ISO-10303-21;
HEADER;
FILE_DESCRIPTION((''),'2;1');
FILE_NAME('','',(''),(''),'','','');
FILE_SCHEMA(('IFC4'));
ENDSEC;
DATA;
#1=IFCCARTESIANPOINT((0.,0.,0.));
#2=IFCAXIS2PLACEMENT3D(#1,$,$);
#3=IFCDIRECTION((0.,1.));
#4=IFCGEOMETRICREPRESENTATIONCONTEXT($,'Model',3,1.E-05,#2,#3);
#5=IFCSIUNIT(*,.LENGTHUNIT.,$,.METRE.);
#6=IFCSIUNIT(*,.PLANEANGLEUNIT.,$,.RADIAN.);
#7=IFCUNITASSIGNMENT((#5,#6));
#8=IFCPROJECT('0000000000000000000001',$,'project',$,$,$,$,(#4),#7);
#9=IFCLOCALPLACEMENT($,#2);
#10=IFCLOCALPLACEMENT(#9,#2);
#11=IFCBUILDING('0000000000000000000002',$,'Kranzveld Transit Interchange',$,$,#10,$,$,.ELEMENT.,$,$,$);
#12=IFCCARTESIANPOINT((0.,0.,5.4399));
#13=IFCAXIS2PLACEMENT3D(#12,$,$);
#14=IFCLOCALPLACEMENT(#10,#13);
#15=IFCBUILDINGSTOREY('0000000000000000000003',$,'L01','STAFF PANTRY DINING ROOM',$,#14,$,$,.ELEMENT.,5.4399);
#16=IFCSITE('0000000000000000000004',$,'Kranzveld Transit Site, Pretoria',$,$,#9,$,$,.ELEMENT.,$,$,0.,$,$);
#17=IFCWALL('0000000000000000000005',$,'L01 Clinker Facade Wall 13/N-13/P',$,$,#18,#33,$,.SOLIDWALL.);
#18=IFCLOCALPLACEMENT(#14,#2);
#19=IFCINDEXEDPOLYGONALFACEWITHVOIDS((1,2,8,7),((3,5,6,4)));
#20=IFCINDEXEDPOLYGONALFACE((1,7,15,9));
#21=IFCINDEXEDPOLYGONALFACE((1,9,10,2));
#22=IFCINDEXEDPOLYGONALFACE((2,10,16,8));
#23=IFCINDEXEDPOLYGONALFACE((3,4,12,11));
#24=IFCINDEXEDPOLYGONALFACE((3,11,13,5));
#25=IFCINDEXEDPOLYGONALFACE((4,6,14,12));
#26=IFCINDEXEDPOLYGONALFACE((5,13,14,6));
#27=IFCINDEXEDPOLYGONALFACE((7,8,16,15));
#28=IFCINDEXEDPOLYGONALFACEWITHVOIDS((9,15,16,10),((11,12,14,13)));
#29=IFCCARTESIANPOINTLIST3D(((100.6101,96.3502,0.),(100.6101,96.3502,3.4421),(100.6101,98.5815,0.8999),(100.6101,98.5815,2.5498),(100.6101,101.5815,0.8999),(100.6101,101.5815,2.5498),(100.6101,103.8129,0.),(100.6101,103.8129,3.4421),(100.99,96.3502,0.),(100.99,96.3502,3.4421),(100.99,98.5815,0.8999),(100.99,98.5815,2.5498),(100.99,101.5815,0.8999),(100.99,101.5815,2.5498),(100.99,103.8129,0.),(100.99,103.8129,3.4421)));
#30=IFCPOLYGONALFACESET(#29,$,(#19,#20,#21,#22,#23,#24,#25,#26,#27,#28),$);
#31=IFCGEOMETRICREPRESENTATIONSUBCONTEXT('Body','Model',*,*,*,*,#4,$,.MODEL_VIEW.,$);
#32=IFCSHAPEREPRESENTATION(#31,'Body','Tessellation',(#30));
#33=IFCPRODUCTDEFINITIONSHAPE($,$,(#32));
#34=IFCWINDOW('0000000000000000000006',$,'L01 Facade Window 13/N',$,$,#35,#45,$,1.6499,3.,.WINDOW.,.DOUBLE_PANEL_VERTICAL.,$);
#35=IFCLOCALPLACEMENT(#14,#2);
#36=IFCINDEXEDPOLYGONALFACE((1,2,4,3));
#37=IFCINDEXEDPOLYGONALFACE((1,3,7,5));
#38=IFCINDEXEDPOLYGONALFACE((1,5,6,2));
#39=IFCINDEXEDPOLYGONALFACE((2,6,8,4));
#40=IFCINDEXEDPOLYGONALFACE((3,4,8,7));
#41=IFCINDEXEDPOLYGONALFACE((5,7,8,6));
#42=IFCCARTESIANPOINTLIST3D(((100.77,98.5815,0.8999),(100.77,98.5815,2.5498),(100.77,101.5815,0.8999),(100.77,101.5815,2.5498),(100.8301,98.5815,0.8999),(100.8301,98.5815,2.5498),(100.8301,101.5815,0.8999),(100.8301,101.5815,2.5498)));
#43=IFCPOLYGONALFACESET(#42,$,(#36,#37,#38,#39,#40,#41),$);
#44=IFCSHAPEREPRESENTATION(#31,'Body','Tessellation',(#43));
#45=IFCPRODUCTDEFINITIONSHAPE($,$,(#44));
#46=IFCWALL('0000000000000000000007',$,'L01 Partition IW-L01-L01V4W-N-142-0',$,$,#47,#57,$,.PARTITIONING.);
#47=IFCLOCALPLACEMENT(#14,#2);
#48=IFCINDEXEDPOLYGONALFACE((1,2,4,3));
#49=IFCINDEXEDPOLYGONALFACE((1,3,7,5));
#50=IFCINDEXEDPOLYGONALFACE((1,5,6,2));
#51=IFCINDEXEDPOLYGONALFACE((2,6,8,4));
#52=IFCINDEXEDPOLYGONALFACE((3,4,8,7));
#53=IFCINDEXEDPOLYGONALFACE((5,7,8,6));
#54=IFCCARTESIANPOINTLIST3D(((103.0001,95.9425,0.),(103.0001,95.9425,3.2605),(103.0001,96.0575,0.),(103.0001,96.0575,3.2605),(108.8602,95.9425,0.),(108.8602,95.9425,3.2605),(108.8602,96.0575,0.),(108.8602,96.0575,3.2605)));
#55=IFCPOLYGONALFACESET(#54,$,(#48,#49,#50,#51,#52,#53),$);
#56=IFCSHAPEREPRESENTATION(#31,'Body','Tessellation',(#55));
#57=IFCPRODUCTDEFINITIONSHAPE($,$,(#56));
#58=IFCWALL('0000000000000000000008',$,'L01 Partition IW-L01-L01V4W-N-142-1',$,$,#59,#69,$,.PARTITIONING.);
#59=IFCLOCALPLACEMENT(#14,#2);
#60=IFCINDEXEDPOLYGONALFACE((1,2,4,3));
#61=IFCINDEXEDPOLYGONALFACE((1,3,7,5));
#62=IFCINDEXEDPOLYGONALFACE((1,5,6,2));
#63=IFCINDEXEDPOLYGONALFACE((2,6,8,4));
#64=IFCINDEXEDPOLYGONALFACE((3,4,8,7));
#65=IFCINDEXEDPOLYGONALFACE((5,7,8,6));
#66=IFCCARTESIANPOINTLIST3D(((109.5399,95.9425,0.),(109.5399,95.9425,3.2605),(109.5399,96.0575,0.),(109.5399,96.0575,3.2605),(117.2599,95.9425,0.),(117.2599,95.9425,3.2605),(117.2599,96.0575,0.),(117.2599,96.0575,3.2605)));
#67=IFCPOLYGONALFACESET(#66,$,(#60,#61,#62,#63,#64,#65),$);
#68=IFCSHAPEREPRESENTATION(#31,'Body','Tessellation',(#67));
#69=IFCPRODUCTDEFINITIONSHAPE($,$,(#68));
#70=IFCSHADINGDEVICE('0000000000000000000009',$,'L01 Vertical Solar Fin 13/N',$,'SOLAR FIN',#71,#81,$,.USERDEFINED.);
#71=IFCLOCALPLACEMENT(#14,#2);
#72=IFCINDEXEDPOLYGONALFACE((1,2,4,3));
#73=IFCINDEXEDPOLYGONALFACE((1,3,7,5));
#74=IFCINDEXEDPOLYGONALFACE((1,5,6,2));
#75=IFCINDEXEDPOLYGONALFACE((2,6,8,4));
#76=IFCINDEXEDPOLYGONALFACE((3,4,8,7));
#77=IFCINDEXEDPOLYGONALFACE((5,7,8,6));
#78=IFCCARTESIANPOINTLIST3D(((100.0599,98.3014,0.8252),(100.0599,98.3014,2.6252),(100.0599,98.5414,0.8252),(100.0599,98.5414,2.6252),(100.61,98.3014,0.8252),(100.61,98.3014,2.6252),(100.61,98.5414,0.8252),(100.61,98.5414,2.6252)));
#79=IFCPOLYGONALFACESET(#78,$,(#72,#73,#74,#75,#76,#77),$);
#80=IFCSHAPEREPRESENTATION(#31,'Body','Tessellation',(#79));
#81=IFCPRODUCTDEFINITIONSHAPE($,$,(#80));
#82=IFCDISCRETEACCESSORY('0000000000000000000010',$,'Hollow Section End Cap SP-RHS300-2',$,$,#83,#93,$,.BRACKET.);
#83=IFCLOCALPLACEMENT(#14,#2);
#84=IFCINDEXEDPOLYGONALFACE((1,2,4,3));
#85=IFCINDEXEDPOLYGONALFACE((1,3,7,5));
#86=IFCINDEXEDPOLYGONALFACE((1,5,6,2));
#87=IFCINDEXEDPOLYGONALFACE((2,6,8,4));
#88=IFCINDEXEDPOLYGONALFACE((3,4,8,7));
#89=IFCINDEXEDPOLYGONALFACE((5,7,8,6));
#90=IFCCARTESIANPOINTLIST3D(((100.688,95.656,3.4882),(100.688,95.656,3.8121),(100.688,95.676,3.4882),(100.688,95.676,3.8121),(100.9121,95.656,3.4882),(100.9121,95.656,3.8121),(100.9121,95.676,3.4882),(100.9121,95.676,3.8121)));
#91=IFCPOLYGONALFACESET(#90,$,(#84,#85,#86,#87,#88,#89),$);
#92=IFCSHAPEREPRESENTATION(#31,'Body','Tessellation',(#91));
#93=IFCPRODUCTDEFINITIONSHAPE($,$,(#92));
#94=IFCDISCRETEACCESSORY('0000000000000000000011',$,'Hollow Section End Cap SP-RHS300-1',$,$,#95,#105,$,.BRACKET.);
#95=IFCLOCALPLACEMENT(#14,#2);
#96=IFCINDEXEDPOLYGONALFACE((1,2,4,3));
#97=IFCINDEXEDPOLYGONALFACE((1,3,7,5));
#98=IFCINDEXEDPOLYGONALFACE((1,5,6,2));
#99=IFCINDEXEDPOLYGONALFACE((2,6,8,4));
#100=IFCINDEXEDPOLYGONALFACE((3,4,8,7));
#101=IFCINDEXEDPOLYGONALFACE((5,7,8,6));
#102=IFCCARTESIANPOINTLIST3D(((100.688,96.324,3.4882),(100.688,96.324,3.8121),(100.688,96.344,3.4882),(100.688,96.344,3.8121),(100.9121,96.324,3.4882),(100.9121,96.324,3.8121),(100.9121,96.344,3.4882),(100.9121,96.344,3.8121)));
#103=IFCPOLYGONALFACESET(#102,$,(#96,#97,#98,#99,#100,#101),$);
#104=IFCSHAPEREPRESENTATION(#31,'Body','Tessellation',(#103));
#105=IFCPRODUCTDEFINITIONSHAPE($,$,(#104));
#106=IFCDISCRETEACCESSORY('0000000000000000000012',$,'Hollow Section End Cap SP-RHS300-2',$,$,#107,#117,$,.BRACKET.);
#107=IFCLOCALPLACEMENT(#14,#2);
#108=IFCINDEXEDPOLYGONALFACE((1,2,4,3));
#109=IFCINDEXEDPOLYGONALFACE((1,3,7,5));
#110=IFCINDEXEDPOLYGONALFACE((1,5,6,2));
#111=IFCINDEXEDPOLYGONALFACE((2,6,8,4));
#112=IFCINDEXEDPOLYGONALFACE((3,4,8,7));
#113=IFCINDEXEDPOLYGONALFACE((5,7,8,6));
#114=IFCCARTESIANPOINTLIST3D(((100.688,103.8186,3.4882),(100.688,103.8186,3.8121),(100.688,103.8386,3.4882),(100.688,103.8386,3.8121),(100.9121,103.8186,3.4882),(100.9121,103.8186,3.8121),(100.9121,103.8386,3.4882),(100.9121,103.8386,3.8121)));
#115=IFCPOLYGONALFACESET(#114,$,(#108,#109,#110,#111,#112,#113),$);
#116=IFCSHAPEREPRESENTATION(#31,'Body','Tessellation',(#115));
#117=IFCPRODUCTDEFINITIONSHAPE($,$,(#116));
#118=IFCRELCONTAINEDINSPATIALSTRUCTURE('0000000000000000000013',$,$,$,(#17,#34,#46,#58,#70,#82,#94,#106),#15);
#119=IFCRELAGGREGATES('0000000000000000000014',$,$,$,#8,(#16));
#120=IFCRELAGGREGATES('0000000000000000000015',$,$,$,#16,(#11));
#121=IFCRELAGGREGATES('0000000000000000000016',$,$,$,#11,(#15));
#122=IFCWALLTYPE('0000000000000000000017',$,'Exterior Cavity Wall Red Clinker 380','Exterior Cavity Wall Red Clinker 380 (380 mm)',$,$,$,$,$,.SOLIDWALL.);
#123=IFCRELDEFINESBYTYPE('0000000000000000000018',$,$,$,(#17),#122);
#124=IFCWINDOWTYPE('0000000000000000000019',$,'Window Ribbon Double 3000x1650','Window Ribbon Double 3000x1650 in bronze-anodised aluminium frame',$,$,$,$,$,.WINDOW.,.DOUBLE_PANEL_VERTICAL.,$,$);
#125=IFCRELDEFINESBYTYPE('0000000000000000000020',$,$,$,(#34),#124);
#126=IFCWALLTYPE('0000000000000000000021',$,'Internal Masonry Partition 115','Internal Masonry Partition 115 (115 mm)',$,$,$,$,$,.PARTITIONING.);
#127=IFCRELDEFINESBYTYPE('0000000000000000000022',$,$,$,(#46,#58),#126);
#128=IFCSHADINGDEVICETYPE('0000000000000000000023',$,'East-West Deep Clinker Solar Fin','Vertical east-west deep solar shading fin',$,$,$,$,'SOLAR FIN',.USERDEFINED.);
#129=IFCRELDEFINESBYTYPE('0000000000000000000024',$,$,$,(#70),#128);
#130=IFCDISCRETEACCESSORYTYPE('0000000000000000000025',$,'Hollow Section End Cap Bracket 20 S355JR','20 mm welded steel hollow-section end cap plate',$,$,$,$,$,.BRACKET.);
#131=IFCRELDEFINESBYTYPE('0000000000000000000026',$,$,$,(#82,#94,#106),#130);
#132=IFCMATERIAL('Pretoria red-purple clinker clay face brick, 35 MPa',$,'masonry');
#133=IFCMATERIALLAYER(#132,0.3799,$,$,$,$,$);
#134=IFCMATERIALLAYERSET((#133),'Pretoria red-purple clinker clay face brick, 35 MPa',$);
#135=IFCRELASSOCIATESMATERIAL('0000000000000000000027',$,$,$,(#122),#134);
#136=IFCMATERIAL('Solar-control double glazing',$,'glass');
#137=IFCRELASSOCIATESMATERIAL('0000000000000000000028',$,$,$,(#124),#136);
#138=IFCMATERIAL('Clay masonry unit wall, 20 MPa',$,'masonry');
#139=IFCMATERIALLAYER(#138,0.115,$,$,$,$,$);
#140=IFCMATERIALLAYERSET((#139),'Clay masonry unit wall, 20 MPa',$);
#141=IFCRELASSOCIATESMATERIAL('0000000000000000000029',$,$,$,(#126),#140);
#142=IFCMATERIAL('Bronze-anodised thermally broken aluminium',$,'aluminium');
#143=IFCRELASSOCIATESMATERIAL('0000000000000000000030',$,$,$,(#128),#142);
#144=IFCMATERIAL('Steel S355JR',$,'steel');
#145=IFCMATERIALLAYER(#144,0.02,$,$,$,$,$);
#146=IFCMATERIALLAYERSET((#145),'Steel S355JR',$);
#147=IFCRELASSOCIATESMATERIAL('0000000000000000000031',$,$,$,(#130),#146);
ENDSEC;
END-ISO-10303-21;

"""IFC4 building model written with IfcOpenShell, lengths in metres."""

from ifc_helpers import new_model, si_unit, direction, frame, frame_2d, origin, origin_2d, place, context, subcontext, project, spatial, rectangle, extrude, material, layer, layer_set, type_object, element, fill, save


model = new_model("IFC4")

# Units and contexts
model_context = context("Model", 3, precision=1e-05, world=origin(), true_north=direction((0.0, 1.0)))
body_context = subcontext(model_context, "Body", "Model", "MODEL_VIEW")
ifc_project = project(units=[si_unit("LENGTHUNIT", "METRE"), si_unit("PLANEANGLEUNIT", "RADIAN")], contexts=[model_context])

# Site, building, storey
site_placement = place(None, origin())
site = spatial("IfcSite", under=ifc_project, at=site_placement, Name="Kranzveld Transit Site, Pretoria", CompositionType="ELEMENT", RefElevation=0.0)
building_placement = place(site_placement, origin())
building = spatial("IfcBuilding", under=site, at=building_placement, Name="Kranzveld Transit Interchange", CompositionType="ELEMENT")
storey_placement = place(building_placement, frame((0.0, 0.0, 5.4399)))
storey = spatial("IfcBuildingStorey", under=building, at=storey_placement, Name="L01", Description="STAFF PANTRY DINING ROOM", CompositionType="ELEMENT", Elevation=5.4399)

# Wall, opening, window
ifc_material_1 = material(Name="Pretoria red-purple clinker clay face brick, 35 MPa", Category="masonry")
ifc_layer_1 = layer(ifc_material_1, 0.3799)
ifc_layer_set_1 = layer_set([ifc_layer_1], Name="Pretoria red-purple clinker clay face brick, 35 MPa")
wall_type_1 = type_object("IfcWallType", Name="Exterior Cavity Wall Red Clinker 380", Description="Exterior Cavity Wall Red Clinker 380 (380 mm)", PredefinedType="SOLIDWALL", material=ifc_layer_set_1)
wall_1_placement = place(storey_placement, frame((100.8, 96.3501, 0.0), z_axis=(0.0, 0.0, 1.0), x_axis=(0.0, 1.0, 0.0)))
wall_1 = element("IfcWall", 1, at=wall_1_placement, inside=storey, type_object=wall_type_1, Name="L01 Clinker Facade Wall 13/N-13/P", PredefinedType="SOLIDWALL", context=body_context, shape_type="SweptSolid", body=[
    extrude(rectangle(XDim=7.4626, YDim=0.3799, at=frame_2d((3.7314, 0.0))), origin(), (0.0, 0.0, 1.0), 3.4421),
])
opening_1_placement = place(wall_1_placement, frame((2.2314, 0.0, 0.8999), z_axis=(0.0, 0.0, 1.0), x_axis=(1.0, 0.0, 0.0)))
opening_1 = element("IfcOpeningElement", 2, at=opening_1_placement, cuts=wall_1, PredefinedType="OPENING", context=body_context, shape_type="SweptSolid", body=[
    extrude(rectangle(XDim=3.0, YDim=1.6499, at=frame_2d((1.5, 0.825))), frame((0.0, 0.2, 0.0), z_axis=(0.0, -1.0, 0.0), x_axis=(1.0, 0.0, 0.0)), (0.0, 0.0, 1.0), 0.3999),
])
ifc_material_2 = material(Name="Solar-control double glazing", Category="glass")
window_type = type_object("IfcWindowType", Name="Window Ribbon Double 3000x1650", Description="Window Ribbon Double 3000x1650 in bronze-anodised aluminium frame", PartitioningType="DOUBLE_PANEL_VERTICAL", PredefinedType="WINDOW", material=ifc_material_2)
window_placement = place(opening_1_placement, origin())
window = element("IfcWindow", 3, at=window_placement, inside=storey, type_object=window_type, Name="L01 Facade Window 13/N", OverallHeight=1.6499, OverallWidth=3.0, PartitioningType="DOUBLE_PANEL_VERTICAL", PredefinedType="WINDOW", context=body_context, shape_type="SweptSolid", body=[
    extrude(rectangle(XDim=3.0, YDim=1.6499, at=frame_2d((1.5, 0.825))), frame((0.0, 0.03, 0.0), z_axis=(0.0, -1.0, 0.0), x_axis=(1.0, 0.0, 0.0)), (0.0, 0.0, 1.0), 0.0601),
])
fill(opening_1, window)

# Walls
ifc_material_3 = material(Name="Clay masonry unit wall, 20 MPa", Category="masonry")
ifc_layer_2 = layer(ifc_material_3, 0.115)
ifc_layer_set_2 = layer_set([ifc_layer_2], Name="Clay masonry unit wall, 20 MPa")
wall_type_2 = type_object("IfcWallType", Name="Internal Masonry Partition 115", Description="Internal Masonry Partition 115 (115 mm)", PredefinedType="PARTITIONING", material=ifc_layer_set_2)
wall_2_placement = place(storey_placement, frame((103.0, 96.0, 0.0), z_axis=(0.0, 0.0, 1.0), x_axis=(1.0, 0.0, 0.0)))
element("IfcWall", 4, at=wall_2_placement, inside=storey, type_object=wall_type_2, Name="L01 Partition IW-L01-L01V4W-N-142-0", PredefinedType="PARTITIONING", context=body_context, shape_type="SweptSolid", body=[
    extrude(rectangle(XDim=5.8601, YDim=0.115, at=frame_2d((2.9302, 0.0))), origin(), (0.0, 0.0, 1.0), 3.2605),
])
wall_3_placement = place(storey_placement, frame((109.54, 96.0, 0.0), z_axis=(0.0, 0.0, 1.0), x_axis=(1.0, 0.0, 0.0)))
element("IfcWall", 5, at=wall_3_placement, inside=storey, type_object=wall_type_2, Name="L01 Partition IW-L01-L01V4W-N-142-1", PredefinedType="PARTITIONING", context=body_context, shape_type="SweptSolid", body=[
    extrude(rectangle(XDim=7.72, YDim=0.115, at=frame_2d((3.8599, 0.0))), origin(), (0.0, 0.0, 1.0), 3.2605),
])

# Shading device
ifc_material_4 = material(Name="Bronze-anodised thermally broken aluminium", Category="aluminium")
shading_device_type = type_object("IfcShadingDeviceType", Name="East-West Deep Clinker Solar Fin", Description="Vertical east-west deep solar shading fin", ElementType="SOLAR FIN", PredefinedType="USERDEFINED", material=ifc_material_4)
shading_device_placement = place(storey_placement, frame((100.335, 98.4214, 0.8252), z_axis=(0.0, 0.0, 1.0), x_axis=(0.0, 1.0, 0.0)))
element("IfcShadingDevice", 6, at=shading_device_placement, inside=storey, type_object=shading_device_type, Name="L01 Vertical Solar Fin 13/N", ObjectType="SOLAR FIN", PredefinedType="USERDEFINED", context=body_context, shape_type="SweptSolid", body=[
    extrude(rectangle(XDim=0.24, YDim=0.55, at=origin_2d()), origin(), (0.0, 0.0, 1.0), 1.8),
])

# Discrete accessories
ifc_material_5 = material(Name="Steel S355JR", Category="steel")
ifc_layer_3 = layer(ifc_material_5, 0.02)
ifc_layer_set_3 = layer_set([ifc_layer_3], Name="Steel S355JR")
discrete_accessory_type = type_object("IfcDiscreteAccessoryType", Name="Hollow Section End Cap Bracket 20 S355JR", Description="20 mm welded steel hollow-section end cap plate", PredefinedType="BRACKET", material=ifc_layer_set_3)
for number, where, z_axis, x_axis, name in (
    (7, (100.8, 95.656, 3.6501), (0.0, 1.0, 0.0), (-1.0, 0.0, 0.0), "Hollow Section End Cap SP-RHS300-2"),
    (8, (100.8, 96.344, 3.6501), (0.0, -1.0, 0.0), (1.0, 0.0, 0.0), "Hollow Section End Cap SP-RHS300-1"),
    (9, (100.8, 103.8186, 3.6501), (0.0, 1.0, 0.0), (-1.0, 0.0, 0.0), "Hollow Section End Cap SP-RHS300-2"),
):
    element("IfcDiscreteAccessory", number, at=place(storey_placement, frame(where, z_axis=z_axis, x_axis=x_axis)), inside=storey, type_object=discrete_accessory_type, Name=name, PredefinedType="BRACKET", context=body_context, shape_type="SweptSolid", body=[
        extrude(rectangle(XDim=0.2241, YDim=0.324, at=origin_2d()), origin(), (0.0, 0.0, 1.0), 0.02),
    ])

save(model, "model.ifc")
